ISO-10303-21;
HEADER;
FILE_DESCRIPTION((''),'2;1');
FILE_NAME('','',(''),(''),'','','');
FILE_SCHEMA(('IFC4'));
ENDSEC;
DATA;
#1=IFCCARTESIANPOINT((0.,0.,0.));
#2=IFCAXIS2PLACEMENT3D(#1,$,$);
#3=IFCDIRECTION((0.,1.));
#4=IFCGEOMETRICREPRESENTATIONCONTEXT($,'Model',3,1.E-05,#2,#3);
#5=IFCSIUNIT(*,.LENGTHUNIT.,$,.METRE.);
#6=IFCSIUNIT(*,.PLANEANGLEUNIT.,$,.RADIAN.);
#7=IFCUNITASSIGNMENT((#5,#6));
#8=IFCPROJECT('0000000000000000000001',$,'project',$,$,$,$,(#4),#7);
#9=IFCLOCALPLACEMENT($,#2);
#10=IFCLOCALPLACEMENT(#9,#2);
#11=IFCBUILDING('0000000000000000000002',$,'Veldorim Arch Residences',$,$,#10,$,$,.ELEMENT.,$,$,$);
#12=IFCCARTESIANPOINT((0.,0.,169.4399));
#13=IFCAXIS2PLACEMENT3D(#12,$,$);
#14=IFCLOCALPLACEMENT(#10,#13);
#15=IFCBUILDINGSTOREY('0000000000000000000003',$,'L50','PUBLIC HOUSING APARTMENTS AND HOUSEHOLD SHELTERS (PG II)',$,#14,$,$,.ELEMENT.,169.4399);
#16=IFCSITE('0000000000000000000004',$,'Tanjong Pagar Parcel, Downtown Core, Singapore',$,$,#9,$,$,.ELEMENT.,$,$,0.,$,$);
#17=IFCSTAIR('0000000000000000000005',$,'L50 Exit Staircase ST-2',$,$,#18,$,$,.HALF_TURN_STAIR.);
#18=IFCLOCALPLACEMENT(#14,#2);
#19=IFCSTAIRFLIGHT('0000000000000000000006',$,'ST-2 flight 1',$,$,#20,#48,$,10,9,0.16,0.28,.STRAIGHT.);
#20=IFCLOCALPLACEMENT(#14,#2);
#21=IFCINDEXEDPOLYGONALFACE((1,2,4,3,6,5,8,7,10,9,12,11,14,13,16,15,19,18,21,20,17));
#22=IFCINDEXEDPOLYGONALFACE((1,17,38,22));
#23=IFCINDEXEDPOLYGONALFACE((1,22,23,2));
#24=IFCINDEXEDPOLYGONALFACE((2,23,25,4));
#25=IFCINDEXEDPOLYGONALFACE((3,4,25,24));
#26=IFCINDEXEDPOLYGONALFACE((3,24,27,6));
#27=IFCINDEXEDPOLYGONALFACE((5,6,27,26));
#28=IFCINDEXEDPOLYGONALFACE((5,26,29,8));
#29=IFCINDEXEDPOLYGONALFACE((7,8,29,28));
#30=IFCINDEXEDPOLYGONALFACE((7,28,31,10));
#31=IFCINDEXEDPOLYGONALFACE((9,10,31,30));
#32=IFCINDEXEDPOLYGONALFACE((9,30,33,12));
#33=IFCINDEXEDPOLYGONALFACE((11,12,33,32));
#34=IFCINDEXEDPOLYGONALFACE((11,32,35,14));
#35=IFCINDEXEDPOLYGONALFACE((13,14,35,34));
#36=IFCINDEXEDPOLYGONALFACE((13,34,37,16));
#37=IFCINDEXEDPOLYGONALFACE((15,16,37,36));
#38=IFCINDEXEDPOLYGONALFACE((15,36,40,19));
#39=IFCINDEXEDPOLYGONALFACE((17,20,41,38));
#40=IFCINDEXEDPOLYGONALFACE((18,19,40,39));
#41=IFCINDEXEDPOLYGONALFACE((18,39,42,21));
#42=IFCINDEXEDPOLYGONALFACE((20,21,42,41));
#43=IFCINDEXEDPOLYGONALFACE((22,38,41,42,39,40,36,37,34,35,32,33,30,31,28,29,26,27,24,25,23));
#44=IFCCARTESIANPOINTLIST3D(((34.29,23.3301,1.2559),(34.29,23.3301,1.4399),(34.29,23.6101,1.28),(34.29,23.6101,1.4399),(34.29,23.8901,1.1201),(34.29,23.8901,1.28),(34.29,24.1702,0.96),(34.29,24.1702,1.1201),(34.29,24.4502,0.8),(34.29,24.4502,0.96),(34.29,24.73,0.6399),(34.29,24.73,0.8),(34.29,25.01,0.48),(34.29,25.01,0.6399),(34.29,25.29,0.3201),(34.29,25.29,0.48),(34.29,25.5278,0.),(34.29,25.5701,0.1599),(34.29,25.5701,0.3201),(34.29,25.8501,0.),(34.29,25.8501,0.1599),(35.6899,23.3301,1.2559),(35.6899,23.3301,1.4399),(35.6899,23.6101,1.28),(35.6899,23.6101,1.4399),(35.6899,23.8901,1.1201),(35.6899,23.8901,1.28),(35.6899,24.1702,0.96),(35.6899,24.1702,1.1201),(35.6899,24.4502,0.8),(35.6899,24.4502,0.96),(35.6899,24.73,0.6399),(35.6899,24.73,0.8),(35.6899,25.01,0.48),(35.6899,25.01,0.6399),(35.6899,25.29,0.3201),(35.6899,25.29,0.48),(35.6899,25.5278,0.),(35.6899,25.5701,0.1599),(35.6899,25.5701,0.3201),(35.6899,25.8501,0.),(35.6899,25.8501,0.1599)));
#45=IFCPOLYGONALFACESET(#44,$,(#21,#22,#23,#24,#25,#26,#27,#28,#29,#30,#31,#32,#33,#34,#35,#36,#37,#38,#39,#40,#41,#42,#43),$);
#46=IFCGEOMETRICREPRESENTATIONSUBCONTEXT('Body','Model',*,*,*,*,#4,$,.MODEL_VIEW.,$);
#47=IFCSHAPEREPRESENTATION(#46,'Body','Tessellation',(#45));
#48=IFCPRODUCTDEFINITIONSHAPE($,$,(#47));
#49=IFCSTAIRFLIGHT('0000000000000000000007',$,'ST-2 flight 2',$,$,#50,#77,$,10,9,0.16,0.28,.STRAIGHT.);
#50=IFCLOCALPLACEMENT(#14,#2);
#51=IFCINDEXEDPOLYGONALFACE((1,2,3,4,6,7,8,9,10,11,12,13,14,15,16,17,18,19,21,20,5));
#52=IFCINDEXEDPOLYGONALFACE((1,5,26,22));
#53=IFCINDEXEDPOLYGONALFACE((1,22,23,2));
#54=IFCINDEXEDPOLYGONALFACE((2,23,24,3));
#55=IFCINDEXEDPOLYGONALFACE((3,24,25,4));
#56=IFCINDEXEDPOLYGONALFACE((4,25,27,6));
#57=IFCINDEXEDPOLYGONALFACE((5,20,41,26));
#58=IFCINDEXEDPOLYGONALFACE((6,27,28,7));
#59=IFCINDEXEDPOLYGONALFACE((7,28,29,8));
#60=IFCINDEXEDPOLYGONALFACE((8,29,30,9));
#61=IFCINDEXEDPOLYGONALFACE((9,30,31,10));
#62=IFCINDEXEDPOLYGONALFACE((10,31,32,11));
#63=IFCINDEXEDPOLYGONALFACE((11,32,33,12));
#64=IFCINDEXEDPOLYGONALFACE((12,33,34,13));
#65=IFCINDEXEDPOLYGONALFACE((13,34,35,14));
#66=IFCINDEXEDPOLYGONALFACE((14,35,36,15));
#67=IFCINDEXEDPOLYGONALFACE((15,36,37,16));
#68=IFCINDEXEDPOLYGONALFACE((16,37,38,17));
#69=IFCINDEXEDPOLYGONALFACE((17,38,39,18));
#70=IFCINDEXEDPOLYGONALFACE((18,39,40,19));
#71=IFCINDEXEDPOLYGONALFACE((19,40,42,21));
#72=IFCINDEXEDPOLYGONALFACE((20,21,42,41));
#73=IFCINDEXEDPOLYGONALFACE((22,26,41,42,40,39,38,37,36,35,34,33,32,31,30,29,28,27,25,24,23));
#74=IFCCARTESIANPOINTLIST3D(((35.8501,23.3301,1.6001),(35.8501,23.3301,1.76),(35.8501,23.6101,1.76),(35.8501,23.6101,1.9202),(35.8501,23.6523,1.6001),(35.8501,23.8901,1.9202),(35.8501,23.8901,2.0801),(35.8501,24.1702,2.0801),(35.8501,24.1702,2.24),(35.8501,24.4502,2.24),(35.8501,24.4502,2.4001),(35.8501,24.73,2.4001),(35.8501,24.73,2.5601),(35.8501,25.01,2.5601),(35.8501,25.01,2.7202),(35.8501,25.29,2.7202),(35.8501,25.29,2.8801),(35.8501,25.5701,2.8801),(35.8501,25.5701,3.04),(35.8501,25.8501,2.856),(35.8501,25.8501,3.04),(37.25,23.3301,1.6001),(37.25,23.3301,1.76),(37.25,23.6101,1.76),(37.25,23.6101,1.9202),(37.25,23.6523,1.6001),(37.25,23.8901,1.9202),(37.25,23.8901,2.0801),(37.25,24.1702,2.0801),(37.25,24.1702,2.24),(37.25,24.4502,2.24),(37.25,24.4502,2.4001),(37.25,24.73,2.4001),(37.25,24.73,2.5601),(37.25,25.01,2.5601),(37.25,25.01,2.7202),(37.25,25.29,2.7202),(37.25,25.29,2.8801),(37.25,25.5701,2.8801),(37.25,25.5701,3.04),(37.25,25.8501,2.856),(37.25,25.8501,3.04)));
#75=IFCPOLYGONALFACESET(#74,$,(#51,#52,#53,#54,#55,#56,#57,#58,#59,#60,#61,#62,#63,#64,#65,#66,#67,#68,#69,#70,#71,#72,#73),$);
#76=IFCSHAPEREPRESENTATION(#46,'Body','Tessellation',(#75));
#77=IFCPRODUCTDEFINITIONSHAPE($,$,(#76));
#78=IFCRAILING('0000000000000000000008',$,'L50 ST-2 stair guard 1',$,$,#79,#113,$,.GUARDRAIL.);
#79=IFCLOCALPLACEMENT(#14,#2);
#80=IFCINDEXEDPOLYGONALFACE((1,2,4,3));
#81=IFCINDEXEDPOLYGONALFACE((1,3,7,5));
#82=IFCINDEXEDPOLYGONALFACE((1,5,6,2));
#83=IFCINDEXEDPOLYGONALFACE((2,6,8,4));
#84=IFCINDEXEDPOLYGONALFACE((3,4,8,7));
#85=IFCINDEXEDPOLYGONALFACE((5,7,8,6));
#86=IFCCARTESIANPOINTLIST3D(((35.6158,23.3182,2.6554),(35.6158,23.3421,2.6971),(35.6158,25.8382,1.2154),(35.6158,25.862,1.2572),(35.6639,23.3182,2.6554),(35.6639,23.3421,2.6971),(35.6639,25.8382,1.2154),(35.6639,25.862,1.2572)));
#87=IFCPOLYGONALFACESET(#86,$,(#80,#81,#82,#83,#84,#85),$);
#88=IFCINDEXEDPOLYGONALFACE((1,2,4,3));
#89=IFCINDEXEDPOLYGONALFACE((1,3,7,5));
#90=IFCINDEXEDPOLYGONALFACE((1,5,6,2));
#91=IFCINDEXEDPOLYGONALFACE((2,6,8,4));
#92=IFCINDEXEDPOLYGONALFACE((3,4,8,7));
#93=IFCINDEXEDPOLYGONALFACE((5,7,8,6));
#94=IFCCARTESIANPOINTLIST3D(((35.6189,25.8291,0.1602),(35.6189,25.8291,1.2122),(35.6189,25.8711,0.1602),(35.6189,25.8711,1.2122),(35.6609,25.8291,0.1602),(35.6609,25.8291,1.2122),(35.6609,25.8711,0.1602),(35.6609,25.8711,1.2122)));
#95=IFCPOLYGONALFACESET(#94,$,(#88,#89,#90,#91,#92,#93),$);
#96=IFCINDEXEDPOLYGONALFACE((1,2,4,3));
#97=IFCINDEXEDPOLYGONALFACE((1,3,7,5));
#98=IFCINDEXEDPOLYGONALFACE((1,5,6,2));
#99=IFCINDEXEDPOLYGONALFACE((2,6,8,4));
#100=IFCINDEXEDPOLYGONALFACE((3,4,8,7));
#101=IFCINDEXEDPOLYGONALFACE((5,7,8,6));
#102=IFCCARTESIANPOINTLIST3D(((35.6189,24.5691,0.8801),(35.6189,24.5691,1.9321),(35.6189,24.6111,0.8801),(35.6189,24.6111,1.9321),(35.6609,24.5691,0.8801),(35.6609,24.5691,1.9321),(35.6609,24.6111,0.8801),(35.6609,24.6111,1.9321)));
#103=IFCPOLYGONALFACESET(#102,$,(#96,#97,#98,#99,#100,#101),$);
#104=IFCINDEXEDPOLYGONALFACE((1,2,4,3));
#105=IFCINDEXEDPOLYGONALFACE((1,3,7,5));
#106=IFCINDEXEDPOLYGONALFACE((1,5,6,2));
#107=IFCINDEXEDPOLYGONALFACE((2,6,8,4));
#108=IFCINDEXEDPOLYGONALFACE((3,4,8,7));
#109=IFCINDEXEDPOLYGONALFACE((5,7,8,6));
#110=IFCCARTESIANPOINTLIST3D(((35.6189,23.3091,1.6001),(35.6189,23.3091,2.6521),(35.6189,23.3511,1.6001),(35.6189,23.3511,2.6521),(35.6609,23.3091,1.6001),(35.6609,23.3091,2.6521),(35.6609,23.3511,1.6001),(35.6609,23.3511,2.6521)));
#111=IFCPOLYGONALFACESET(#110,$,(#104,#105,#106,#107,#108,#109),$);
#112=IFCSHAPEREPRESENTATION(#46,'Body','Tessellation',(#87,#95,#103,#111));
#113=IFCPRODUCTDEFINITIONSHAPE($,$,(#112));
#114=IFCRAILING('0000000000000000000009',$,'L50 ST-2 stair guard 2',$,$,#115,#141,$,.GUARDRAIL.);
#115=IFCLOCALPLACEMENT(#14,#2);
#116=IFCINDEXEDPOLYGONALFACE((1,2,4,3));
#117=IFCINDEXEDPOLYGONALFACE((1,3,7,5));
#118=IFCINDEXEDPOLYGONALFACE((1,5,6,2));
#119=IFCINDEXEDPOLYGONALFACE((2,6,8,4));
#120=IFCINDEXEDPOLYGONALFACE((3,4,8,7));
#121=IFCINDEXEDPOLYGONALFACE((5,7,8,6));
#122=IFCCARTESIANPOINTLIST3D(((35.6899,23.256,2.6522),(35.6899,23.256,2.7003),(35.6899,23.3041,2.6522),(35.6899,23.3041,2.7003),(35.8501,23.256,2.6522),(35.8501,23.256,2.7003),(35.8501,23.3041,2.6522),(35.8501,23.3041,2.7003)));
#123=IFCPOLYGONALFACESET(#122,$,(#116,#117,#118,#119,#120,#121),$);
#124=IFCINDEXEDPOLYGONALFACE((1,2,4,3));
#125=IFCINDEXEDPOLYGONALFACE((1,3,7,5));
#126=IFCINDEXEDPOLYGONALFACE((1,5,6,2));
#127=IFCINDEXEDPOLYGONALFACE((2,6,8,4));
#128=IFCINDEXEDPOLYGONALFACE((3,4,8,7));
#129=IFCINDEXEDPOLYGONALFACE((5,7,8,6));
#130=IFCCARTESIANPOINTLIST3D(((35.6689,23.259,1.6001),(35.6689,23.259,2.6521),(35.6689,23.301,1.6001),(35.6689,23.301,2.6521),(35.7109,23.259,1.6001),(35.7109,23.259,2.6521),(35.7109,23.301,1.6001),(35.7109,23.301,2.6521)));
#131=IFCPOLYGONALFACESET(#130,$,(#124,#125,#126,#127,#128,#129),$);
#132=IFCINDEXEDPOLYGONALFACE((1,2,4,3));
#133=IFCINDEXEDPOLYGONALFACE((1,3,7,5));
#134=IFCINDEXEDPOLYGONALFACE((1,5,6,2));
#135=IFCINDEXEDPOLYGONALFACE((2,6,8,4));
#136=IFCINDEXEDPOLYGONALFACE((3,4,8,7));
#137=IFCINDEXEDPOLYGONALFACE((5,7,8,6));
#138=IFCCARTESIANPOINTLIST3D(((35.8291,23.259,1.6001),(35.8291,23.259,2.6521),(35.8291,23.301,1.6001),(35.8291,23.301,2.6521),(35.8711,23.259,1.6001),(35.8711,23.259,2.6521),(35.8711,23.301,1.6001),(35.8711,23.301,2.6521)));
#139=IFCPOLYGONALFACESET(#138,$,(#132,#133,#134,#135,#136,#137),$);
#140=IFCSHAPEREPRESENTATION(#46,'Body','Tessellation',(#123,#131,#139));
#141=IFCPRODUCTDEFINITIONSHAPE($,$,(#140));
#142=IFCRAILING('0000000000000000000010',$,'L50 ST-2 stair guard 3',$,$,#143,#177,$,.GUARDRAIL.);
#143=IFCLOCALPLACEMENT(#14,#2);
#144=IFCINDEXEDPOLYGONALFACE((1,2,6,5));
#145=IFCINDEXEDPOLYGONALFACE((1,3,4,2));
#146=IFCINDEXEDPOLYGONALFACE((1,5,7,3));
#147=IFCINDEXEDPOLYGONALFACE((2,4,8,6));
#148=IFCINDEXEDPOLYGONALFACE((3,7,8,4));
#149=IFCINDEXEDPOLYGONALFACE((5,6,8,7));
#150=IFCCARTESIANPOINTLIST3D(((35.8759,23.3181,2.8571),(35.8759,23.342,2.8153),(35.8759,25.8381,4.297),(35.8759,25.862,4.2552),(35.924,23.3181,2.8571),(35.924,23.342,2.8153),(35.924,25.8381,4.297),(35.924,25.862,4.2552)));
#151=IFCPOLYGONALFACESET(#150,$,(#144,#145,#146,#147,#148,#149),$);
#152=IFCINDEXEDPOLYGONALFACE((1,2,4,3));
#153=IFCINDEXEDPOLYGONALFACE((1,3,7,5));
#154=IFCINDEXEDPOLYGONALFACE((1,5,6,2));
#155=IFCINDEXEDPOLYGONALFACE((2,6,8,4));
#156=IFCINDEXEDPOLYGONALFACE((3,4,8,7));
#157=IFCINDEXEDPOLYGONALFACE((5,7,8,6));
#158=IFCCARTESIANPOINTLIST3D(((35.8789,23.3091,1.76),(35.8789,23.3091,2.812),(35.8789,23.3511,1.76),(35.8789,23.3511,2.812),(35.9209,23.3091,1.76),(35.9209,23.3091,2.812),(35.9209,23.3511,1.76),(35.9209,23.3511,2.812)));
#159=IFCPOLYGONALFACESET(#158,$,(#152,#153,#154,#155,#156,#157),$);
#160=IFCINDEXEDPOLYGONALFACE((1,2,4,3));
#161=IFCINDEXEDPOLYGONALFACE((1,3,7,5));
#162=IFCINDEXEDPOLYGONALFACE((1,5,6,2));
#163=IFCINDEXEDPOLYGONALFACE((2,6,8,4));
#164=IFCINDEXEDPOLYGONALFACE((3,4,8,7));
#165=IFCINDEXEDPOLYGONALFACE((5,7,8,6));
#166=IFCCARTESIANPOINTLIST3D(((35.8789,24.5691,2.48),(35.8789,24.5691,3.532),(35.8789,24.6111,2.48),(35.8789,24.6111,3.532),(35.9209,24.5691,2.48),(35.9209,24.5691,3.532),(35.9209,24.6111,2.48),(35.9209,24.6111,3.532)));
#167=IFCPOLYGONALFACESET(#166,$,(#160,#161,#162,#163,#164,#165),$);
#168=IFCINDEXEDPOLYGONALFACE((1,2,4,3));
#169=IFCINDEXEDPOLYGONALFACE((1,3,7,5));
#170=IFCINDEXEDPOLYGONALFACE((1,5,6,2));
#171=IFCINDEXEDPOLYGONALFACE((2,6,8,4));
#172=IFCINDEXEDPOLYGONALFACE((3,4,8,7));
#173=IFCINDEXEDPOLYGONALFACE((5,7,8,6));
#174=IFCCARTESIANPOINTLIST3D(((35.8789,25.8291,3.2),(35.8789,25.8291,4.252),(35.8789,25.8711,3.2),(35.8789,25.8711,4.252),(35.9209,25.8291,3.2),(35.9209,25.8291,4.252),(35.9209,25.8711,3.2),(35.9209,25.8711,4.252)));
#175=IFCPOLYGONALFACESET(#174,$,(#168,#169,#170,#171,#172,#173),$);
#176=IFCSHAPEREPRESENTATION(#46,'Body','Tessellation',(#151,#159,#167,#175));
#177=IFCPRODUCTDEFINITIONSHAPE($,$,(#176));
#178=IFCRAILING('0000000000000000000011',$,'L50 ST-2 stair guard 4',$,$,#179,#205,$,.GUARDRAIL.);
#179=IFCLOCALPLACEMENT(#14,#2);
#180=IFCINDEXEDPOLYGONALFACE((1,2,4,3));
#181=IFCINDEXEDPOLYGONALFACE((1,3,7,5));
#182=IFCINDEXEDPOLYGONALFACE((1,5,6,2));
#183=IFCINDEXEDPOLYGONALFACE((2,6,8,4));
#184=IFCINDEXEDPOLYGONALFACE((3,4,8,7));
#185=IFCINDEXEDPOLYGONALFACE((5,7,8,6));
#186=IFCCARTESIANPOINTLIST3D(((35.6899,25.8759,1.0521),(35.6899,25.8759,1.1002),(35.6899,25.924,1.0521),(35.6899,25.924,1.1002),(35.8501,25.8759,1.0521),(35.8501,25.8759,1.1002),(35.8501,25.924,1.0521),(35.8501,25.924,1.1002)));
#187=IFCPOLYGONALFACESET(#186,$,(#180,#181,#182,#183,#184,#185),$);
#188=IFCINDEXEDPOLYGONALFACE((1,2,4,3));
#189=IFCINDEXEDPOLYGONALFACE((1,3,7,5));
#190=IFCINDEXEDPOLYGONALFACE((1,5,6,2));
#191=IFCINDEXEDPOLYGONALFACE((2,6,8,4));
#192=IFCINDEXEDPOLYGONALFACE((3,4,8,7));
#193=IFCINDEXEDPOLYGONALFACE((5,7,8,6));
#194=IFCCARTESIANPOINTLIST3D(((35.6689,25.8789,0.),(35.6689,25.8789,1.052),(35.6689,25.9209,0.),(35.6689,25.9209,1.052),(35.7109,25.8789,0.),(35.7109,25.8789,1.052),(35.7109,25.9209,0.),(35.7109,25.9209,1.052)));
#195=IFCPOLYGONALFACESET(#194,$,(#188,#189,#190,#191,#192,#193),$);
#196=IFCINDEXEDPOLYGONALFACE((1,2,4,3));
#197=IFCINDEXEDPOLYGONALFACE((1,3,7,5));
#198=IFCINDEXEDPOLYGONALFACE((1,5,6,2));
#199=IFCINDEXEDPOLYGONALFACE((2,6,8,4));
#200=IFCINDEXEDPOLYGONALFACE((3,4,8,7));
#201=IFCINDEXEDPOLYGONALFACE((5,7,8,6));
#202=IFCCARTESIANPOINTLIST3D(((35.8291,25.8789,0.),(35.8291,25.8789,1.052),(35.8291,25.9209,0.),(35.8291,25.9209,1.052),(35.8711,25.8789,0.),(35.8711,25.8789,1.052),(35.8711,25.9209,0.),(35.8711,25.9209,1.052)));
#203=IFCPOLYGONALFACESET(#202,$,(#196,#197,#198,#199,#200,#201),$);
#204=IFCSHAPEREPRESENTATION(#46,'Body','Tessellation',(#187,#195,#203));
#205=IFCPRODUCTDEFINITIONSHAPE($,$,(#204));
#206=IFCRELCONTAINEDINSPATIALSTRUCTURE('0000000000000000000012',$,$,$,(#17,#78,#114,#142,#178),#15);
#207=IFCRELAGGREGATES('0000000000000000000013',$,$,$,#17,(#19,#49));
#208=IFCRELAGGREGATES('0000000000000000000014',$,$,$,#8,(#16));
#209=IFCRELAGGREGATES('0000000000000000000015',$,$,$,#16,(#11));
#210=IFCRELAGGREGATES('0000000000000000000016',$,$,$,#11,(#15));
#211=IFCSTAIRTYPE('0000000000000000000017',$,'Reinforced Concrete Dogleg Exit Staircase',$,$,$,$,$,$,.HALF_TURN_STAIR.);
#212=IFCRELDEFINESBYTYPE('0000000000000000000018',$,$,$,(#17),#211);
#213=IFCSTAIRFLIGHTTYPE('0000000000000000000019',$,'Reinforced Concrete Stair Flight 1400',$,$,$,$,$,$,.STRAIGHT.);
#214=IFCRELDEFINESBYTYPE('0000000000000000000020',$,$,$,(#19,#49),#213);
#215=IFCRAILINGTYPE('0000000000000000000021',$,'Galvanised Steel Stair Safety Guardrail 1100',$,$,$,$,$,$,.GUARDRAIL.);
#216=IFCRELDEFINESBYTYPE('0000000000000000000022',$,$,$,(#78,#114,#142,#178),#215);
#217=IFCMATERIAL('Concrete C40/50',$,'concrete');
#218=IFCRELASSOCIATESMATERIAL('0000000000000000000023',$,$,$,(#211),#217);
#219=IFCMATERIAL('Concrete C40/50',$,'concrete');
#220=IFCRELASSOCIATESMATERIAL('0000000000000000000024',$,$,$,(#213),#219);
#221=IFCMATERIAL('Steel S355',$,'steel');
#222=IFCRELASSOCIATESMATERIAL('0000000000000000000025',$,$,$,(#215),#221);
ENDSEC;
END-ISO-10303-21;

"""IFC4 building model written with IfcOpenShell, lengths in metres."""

from ifc_helpers import new_model, si_unit, direction, frame, origin, origin_2d, place, context, subcontext, project, spatial, polyline, rectangle, outline, extrude, material, type_object, element, aggregate, save


model = new_model("IFC4")

# Units and contexts
model_context = context("Model", 3, precision=1e-05, world=origin(), true_north=direction((0.0, 1.0)))
body_context = subcontext(model_context, "Body", "Model", "MODEL_VIEW")
ifc_project = project(units=[si_unit("LENGTHUNIT", "METRE"), si_unit("PLANEANGLEUNIT", "RADIAN")], contexts=[model_context])

# Site, building, storey
site_placement = place(None, origin())
site = spatial("IfcSite", under=ifc_project, at=site_placement, Name="Tanjong Pagar Parcel, Downtown Core, Singapore", CompositionType="ELEMENT", RefElevation=0.0)
building_placement = place(site_placement, origin())
building = spatial("IfcBuilding", under=site, at=building_placement, Name="Veldorim Arch Residences", CompositionType="ELEMENT")
storey_placement = place(building_placement, frame((0.0, 0.0, 169.4399)))
storey = spatial("IfcBuildingStorey", under=building, at=storey_placement, Name="L50", Description="PUBLIC HOUSING APARTMENTS AND HOUSEHOLD SHELTERS (PG II)", CompositionType="ELEMENT", Elevation=169.4399)

# Stair, stair flights
ifc_material_1 = material(Name="Concrete C40/50", Category="concrete")
stair_type = type_object("IfcStairType", Name="Reinforced Concrete Dogleg Exit Staircase", PredefinedType="HALF_TURN_STAIR", material=ifc_material_1)
stair_placement = place(storey_placement, origin())
stair = element("IfcStair", 1, at=stair_placement, inside=storey, type_object=stair_type, Name="L50 Exit Staircase ST-2", PredefinedType="HALF_TURN_STAIR")
ifc_material_2 = material(Name="Concrete C40/50", Category="concrete")
stair_flight_type = type_object("IfcStairFlightType", Name="Reinforced Concrete Stair Flight 1400", PredefinedType="STRAIGHT", material=ifc_material_2)
stair_flight_1_placement = place(storey_placement, frame((34.99, 25.8501, 0.0), z_axis=(0.0, 0.0, 1.0), x_axis=(0.0, -1.0, 0.0)))
stair_flight_1 = element("IfcStairFlight", 2, at=stair_flight_1_placement, type_object=stair_flight_type, Name="ST-2 flight 1", NumberOfRisers=10, NumberOfTreads=9, PredefinedType="STRAIGHT", RiserHeight=0.16, TreadLength=0.28, context=body_context, shape_type="SweptSolid", body=[
    extrude(outline(polyline([(0.0, 0.0), (0.0, 0.1599), (0.28, 0.1599), (0.28, 0.3201), (0.5601, 0.3201), (0.5601, 0.48), (0.8401, 0.48), (0.8401, 0.6399), (1.1201, 0.6399), (1.1201, 0.8), (1.3999, 0.8), (1.3999, 0.96), (1.6799, 0.96), (1.6799, 1.1201), (1.96, 1.1201), (1.96, 1.28), (2.24, 1.28), (2.24, 1.4399), (2.52, 1.4399), (2.52, 1.6001), (2.52, 1.2559), (0.3223, 0.0), (0.0, 0.0)])), frame((0.0, 0.7, 0.0), z_axis=(0.0, -1.0, 0.0), x_axis=(1.0, 0.0, 0.0)), (0.0, 0.0, 1.0), 1.3999),
])
stair_flight_2_placement = place(storey_placement, frame((36.55, 23.3301, 1.6001), z_axis=(0.0, 0.0, 1.0), x_axis=(0.0, 1.0, 0.0)))
stair_flight_2 = element("IfcStairFlight", 3, at=stair_flight_2_placement, type_object=stair_flight_type, Name="ST-2 flight 2", NumberOfRisers=10, NumberOfTreads=9, PredefinedType="STRAIGHT", RiserHeight=0.16, TreadLength=0.28, context=body_context, shape_type="SweptSolid", body=[
    extrude(outline(polyline([(0.0, 0.0), (0.0, 0.1599), (0.28, 0.1599), (0.28, 0.3201), (0.5601, 0.3201), (0.5601, 0.48), (0.8401, 0.48), (0.8401, 0.6399), (1.1201, 0.6399), (1.1201, 0.8), (1.3999, 0.8), (1.3999, 0.96), (1.6799, 0.96), (1.6799, 1.1201), (1.96, 1.1201), (1.96, 1.28), (2.24, 1.28), (2.24, 1.4399), (2.52, 1.4399), (2.52, 1.6001), (2.52, 1.2559), (0.3223, 0.0), (0.0, 0.0)])), frame((0.0, 0.7, 0.0), z_axis=(0.0, -1.0, 0.0), x_axis=(1.0, 0.0, 0.0)), (0.0, 0.0, 1.0), 1.3999),
])
aggregate(stair, [stair_flight_1, stair_flight_2])

# Railings
ifc_material_3 = material(Name="Steel S355", Category="steel")
railing_type_1 = type_object("IfcRailingType", Name="Galvanised Steel Stair Safety Guardrail 1100", PredefinedType="GUARDRAIL", material=ifc_material_3)
railing_1_placement = place(storey_placement, frame((35.6399, 25.8501, 0.1602)))
element("IfcRailing", 4, at=railing_1_placement, inside=storey, type_object=railing_type_1, Name="L50 ST-2 stair guard 1", PredefinedType="GUARDRAIL", context=body_context, shape_type="SweptSolid", body=[
    extrude(rectangle(XDim=0.0481, YDim=0.0481, at=origin_2d()), frame((0.0, 0.0, 1.0762), z_axis=(0.0, -0.868253, 0.496121), x_axis=(1.0, 0.0, 0.0)), (0.0, 0.0, 1.0), 2.9023),
    extrude(rectangle(XDim=0.042, YDim=0.042, at=origin_2d()), origin(), (0.0, 0.0, 1.0), 1.052),
    extrude(rectangle(XDim=0.042, YDim=0.042, at=origin_2d()), frame((0.0, -1.26, 0.72)), (0.0, 0.0, 1.0), 1.052),
    extrude(rectangle(XDim=0.042, YDim=0.042, at=origin_2d()), frame((0.0, -2.52, 1.4399)), (0.0, 0.0, 1.0), 1.052),
])
railing_2_placement = place(storey_placement, frame((35.6899, 23.28, 1.6001)))
element("IfcRailing", 5, at=railing_2_placement, inside=storey, type_object=railing_type_1, Name="L50 ST-2 stair guard 2", PredefinedType="GUARDRAIL", context=body_context, shape_type="SweptSolid", body=[
    extrude(rectangle(XDim=0.0481, YDim=0.0481, at=origin_2d()), frame((0.0, 0.0, 1.0762), z_axis=(1.0, 0.0, 0.0), x_axis=(0.0, 1.0, 0.0)), (0.0, 0.0, 1.0), 0.1602),
    extrude(rectangle(XDim=0.042, YDim=0.042, at=origin_2d()), origin(), (0.0, 0.0, 1.0), 1.052),
    extrude(rectangle(XDim=0.042, YDim=0.042, at=origin_2d()), frame((0.1602, 0.0, 0.0)), (0.0, 0.0, 1.0), 1.052),
])
railing_3_placement = place(storey_placement, frame((35.8999, 23.3301, 1.76)))
element("IfcRailing", 6, at=railing_3_placement, inside=storey, type_object=railing_type_1, Name="L50 ST-2 stair guard 3", PredefinedType="GUARDRAIL", context=body_context, shape_type="SweptSolid", body=[
    extrude(rectangle(XDim=0.0481, YDim=0.0481, at=origin_2d()), frame((0.0, 0.0, 1.0762), z_axis=(0.0, 0.868253, 0.496121), x_axis=(-1.0, 0.0, 0.0)), (0.0, 0.0, 1.0), 2.9023),
    extrude(rectangle(XDim=0.042, YDim=0.042, at=origin_2d()), origin(), (0.0, 0.0, 1.0), 1.052),
    extrude(rectangle(XDim=0.042, YDim=0.042, at=origin_2d()), frame((0.0, 1.26, 0.72)), (0.0, 0.0, 1.0), 1.052),
    extrude(rectangle(XDim=0.042, YDim=0.042, at=origin_2d()), frame((0.0, 2.52, 1.4399)), (0.0, 0.0, 1.0), 1.052),
])
railing_4_placement = place(storey_placement, frame((35.6899, 25.8999, 0.0)))
element("IfcRailing", 7, at=railing_4_placement, inside=storey, type_object=railing_type_1, Name="L50 ST-2 stair guard 4", PredefinedType="GUARDRAIL", context=body_context, shape_type="SweptSolid", body=[
    extrude(rectangle(XDim=0.0481, YDim=0.0481, at=origin_2d()), frame((0.0, 0.0, 1.0762), z_axis=(1.0, 0.0, 0.0), x_axis=(0.0, 1.0, 0.0)), (0.0, 0.0, 1.0), 0.1602),
    extrude(rectangle(XDim=0.042, YDim=0.042, at=origin_2d()), origin(), (0.0, 0.0, 1.0), 1.052),
    extrude(rectangle(XDim=0.042, YDim=0.042, at=origin_2d()), frame((0.1602, 0.0, 0.0)), (0.0, 0.0, 1.0), 1.052),
])

save(model, "model.ifc")
